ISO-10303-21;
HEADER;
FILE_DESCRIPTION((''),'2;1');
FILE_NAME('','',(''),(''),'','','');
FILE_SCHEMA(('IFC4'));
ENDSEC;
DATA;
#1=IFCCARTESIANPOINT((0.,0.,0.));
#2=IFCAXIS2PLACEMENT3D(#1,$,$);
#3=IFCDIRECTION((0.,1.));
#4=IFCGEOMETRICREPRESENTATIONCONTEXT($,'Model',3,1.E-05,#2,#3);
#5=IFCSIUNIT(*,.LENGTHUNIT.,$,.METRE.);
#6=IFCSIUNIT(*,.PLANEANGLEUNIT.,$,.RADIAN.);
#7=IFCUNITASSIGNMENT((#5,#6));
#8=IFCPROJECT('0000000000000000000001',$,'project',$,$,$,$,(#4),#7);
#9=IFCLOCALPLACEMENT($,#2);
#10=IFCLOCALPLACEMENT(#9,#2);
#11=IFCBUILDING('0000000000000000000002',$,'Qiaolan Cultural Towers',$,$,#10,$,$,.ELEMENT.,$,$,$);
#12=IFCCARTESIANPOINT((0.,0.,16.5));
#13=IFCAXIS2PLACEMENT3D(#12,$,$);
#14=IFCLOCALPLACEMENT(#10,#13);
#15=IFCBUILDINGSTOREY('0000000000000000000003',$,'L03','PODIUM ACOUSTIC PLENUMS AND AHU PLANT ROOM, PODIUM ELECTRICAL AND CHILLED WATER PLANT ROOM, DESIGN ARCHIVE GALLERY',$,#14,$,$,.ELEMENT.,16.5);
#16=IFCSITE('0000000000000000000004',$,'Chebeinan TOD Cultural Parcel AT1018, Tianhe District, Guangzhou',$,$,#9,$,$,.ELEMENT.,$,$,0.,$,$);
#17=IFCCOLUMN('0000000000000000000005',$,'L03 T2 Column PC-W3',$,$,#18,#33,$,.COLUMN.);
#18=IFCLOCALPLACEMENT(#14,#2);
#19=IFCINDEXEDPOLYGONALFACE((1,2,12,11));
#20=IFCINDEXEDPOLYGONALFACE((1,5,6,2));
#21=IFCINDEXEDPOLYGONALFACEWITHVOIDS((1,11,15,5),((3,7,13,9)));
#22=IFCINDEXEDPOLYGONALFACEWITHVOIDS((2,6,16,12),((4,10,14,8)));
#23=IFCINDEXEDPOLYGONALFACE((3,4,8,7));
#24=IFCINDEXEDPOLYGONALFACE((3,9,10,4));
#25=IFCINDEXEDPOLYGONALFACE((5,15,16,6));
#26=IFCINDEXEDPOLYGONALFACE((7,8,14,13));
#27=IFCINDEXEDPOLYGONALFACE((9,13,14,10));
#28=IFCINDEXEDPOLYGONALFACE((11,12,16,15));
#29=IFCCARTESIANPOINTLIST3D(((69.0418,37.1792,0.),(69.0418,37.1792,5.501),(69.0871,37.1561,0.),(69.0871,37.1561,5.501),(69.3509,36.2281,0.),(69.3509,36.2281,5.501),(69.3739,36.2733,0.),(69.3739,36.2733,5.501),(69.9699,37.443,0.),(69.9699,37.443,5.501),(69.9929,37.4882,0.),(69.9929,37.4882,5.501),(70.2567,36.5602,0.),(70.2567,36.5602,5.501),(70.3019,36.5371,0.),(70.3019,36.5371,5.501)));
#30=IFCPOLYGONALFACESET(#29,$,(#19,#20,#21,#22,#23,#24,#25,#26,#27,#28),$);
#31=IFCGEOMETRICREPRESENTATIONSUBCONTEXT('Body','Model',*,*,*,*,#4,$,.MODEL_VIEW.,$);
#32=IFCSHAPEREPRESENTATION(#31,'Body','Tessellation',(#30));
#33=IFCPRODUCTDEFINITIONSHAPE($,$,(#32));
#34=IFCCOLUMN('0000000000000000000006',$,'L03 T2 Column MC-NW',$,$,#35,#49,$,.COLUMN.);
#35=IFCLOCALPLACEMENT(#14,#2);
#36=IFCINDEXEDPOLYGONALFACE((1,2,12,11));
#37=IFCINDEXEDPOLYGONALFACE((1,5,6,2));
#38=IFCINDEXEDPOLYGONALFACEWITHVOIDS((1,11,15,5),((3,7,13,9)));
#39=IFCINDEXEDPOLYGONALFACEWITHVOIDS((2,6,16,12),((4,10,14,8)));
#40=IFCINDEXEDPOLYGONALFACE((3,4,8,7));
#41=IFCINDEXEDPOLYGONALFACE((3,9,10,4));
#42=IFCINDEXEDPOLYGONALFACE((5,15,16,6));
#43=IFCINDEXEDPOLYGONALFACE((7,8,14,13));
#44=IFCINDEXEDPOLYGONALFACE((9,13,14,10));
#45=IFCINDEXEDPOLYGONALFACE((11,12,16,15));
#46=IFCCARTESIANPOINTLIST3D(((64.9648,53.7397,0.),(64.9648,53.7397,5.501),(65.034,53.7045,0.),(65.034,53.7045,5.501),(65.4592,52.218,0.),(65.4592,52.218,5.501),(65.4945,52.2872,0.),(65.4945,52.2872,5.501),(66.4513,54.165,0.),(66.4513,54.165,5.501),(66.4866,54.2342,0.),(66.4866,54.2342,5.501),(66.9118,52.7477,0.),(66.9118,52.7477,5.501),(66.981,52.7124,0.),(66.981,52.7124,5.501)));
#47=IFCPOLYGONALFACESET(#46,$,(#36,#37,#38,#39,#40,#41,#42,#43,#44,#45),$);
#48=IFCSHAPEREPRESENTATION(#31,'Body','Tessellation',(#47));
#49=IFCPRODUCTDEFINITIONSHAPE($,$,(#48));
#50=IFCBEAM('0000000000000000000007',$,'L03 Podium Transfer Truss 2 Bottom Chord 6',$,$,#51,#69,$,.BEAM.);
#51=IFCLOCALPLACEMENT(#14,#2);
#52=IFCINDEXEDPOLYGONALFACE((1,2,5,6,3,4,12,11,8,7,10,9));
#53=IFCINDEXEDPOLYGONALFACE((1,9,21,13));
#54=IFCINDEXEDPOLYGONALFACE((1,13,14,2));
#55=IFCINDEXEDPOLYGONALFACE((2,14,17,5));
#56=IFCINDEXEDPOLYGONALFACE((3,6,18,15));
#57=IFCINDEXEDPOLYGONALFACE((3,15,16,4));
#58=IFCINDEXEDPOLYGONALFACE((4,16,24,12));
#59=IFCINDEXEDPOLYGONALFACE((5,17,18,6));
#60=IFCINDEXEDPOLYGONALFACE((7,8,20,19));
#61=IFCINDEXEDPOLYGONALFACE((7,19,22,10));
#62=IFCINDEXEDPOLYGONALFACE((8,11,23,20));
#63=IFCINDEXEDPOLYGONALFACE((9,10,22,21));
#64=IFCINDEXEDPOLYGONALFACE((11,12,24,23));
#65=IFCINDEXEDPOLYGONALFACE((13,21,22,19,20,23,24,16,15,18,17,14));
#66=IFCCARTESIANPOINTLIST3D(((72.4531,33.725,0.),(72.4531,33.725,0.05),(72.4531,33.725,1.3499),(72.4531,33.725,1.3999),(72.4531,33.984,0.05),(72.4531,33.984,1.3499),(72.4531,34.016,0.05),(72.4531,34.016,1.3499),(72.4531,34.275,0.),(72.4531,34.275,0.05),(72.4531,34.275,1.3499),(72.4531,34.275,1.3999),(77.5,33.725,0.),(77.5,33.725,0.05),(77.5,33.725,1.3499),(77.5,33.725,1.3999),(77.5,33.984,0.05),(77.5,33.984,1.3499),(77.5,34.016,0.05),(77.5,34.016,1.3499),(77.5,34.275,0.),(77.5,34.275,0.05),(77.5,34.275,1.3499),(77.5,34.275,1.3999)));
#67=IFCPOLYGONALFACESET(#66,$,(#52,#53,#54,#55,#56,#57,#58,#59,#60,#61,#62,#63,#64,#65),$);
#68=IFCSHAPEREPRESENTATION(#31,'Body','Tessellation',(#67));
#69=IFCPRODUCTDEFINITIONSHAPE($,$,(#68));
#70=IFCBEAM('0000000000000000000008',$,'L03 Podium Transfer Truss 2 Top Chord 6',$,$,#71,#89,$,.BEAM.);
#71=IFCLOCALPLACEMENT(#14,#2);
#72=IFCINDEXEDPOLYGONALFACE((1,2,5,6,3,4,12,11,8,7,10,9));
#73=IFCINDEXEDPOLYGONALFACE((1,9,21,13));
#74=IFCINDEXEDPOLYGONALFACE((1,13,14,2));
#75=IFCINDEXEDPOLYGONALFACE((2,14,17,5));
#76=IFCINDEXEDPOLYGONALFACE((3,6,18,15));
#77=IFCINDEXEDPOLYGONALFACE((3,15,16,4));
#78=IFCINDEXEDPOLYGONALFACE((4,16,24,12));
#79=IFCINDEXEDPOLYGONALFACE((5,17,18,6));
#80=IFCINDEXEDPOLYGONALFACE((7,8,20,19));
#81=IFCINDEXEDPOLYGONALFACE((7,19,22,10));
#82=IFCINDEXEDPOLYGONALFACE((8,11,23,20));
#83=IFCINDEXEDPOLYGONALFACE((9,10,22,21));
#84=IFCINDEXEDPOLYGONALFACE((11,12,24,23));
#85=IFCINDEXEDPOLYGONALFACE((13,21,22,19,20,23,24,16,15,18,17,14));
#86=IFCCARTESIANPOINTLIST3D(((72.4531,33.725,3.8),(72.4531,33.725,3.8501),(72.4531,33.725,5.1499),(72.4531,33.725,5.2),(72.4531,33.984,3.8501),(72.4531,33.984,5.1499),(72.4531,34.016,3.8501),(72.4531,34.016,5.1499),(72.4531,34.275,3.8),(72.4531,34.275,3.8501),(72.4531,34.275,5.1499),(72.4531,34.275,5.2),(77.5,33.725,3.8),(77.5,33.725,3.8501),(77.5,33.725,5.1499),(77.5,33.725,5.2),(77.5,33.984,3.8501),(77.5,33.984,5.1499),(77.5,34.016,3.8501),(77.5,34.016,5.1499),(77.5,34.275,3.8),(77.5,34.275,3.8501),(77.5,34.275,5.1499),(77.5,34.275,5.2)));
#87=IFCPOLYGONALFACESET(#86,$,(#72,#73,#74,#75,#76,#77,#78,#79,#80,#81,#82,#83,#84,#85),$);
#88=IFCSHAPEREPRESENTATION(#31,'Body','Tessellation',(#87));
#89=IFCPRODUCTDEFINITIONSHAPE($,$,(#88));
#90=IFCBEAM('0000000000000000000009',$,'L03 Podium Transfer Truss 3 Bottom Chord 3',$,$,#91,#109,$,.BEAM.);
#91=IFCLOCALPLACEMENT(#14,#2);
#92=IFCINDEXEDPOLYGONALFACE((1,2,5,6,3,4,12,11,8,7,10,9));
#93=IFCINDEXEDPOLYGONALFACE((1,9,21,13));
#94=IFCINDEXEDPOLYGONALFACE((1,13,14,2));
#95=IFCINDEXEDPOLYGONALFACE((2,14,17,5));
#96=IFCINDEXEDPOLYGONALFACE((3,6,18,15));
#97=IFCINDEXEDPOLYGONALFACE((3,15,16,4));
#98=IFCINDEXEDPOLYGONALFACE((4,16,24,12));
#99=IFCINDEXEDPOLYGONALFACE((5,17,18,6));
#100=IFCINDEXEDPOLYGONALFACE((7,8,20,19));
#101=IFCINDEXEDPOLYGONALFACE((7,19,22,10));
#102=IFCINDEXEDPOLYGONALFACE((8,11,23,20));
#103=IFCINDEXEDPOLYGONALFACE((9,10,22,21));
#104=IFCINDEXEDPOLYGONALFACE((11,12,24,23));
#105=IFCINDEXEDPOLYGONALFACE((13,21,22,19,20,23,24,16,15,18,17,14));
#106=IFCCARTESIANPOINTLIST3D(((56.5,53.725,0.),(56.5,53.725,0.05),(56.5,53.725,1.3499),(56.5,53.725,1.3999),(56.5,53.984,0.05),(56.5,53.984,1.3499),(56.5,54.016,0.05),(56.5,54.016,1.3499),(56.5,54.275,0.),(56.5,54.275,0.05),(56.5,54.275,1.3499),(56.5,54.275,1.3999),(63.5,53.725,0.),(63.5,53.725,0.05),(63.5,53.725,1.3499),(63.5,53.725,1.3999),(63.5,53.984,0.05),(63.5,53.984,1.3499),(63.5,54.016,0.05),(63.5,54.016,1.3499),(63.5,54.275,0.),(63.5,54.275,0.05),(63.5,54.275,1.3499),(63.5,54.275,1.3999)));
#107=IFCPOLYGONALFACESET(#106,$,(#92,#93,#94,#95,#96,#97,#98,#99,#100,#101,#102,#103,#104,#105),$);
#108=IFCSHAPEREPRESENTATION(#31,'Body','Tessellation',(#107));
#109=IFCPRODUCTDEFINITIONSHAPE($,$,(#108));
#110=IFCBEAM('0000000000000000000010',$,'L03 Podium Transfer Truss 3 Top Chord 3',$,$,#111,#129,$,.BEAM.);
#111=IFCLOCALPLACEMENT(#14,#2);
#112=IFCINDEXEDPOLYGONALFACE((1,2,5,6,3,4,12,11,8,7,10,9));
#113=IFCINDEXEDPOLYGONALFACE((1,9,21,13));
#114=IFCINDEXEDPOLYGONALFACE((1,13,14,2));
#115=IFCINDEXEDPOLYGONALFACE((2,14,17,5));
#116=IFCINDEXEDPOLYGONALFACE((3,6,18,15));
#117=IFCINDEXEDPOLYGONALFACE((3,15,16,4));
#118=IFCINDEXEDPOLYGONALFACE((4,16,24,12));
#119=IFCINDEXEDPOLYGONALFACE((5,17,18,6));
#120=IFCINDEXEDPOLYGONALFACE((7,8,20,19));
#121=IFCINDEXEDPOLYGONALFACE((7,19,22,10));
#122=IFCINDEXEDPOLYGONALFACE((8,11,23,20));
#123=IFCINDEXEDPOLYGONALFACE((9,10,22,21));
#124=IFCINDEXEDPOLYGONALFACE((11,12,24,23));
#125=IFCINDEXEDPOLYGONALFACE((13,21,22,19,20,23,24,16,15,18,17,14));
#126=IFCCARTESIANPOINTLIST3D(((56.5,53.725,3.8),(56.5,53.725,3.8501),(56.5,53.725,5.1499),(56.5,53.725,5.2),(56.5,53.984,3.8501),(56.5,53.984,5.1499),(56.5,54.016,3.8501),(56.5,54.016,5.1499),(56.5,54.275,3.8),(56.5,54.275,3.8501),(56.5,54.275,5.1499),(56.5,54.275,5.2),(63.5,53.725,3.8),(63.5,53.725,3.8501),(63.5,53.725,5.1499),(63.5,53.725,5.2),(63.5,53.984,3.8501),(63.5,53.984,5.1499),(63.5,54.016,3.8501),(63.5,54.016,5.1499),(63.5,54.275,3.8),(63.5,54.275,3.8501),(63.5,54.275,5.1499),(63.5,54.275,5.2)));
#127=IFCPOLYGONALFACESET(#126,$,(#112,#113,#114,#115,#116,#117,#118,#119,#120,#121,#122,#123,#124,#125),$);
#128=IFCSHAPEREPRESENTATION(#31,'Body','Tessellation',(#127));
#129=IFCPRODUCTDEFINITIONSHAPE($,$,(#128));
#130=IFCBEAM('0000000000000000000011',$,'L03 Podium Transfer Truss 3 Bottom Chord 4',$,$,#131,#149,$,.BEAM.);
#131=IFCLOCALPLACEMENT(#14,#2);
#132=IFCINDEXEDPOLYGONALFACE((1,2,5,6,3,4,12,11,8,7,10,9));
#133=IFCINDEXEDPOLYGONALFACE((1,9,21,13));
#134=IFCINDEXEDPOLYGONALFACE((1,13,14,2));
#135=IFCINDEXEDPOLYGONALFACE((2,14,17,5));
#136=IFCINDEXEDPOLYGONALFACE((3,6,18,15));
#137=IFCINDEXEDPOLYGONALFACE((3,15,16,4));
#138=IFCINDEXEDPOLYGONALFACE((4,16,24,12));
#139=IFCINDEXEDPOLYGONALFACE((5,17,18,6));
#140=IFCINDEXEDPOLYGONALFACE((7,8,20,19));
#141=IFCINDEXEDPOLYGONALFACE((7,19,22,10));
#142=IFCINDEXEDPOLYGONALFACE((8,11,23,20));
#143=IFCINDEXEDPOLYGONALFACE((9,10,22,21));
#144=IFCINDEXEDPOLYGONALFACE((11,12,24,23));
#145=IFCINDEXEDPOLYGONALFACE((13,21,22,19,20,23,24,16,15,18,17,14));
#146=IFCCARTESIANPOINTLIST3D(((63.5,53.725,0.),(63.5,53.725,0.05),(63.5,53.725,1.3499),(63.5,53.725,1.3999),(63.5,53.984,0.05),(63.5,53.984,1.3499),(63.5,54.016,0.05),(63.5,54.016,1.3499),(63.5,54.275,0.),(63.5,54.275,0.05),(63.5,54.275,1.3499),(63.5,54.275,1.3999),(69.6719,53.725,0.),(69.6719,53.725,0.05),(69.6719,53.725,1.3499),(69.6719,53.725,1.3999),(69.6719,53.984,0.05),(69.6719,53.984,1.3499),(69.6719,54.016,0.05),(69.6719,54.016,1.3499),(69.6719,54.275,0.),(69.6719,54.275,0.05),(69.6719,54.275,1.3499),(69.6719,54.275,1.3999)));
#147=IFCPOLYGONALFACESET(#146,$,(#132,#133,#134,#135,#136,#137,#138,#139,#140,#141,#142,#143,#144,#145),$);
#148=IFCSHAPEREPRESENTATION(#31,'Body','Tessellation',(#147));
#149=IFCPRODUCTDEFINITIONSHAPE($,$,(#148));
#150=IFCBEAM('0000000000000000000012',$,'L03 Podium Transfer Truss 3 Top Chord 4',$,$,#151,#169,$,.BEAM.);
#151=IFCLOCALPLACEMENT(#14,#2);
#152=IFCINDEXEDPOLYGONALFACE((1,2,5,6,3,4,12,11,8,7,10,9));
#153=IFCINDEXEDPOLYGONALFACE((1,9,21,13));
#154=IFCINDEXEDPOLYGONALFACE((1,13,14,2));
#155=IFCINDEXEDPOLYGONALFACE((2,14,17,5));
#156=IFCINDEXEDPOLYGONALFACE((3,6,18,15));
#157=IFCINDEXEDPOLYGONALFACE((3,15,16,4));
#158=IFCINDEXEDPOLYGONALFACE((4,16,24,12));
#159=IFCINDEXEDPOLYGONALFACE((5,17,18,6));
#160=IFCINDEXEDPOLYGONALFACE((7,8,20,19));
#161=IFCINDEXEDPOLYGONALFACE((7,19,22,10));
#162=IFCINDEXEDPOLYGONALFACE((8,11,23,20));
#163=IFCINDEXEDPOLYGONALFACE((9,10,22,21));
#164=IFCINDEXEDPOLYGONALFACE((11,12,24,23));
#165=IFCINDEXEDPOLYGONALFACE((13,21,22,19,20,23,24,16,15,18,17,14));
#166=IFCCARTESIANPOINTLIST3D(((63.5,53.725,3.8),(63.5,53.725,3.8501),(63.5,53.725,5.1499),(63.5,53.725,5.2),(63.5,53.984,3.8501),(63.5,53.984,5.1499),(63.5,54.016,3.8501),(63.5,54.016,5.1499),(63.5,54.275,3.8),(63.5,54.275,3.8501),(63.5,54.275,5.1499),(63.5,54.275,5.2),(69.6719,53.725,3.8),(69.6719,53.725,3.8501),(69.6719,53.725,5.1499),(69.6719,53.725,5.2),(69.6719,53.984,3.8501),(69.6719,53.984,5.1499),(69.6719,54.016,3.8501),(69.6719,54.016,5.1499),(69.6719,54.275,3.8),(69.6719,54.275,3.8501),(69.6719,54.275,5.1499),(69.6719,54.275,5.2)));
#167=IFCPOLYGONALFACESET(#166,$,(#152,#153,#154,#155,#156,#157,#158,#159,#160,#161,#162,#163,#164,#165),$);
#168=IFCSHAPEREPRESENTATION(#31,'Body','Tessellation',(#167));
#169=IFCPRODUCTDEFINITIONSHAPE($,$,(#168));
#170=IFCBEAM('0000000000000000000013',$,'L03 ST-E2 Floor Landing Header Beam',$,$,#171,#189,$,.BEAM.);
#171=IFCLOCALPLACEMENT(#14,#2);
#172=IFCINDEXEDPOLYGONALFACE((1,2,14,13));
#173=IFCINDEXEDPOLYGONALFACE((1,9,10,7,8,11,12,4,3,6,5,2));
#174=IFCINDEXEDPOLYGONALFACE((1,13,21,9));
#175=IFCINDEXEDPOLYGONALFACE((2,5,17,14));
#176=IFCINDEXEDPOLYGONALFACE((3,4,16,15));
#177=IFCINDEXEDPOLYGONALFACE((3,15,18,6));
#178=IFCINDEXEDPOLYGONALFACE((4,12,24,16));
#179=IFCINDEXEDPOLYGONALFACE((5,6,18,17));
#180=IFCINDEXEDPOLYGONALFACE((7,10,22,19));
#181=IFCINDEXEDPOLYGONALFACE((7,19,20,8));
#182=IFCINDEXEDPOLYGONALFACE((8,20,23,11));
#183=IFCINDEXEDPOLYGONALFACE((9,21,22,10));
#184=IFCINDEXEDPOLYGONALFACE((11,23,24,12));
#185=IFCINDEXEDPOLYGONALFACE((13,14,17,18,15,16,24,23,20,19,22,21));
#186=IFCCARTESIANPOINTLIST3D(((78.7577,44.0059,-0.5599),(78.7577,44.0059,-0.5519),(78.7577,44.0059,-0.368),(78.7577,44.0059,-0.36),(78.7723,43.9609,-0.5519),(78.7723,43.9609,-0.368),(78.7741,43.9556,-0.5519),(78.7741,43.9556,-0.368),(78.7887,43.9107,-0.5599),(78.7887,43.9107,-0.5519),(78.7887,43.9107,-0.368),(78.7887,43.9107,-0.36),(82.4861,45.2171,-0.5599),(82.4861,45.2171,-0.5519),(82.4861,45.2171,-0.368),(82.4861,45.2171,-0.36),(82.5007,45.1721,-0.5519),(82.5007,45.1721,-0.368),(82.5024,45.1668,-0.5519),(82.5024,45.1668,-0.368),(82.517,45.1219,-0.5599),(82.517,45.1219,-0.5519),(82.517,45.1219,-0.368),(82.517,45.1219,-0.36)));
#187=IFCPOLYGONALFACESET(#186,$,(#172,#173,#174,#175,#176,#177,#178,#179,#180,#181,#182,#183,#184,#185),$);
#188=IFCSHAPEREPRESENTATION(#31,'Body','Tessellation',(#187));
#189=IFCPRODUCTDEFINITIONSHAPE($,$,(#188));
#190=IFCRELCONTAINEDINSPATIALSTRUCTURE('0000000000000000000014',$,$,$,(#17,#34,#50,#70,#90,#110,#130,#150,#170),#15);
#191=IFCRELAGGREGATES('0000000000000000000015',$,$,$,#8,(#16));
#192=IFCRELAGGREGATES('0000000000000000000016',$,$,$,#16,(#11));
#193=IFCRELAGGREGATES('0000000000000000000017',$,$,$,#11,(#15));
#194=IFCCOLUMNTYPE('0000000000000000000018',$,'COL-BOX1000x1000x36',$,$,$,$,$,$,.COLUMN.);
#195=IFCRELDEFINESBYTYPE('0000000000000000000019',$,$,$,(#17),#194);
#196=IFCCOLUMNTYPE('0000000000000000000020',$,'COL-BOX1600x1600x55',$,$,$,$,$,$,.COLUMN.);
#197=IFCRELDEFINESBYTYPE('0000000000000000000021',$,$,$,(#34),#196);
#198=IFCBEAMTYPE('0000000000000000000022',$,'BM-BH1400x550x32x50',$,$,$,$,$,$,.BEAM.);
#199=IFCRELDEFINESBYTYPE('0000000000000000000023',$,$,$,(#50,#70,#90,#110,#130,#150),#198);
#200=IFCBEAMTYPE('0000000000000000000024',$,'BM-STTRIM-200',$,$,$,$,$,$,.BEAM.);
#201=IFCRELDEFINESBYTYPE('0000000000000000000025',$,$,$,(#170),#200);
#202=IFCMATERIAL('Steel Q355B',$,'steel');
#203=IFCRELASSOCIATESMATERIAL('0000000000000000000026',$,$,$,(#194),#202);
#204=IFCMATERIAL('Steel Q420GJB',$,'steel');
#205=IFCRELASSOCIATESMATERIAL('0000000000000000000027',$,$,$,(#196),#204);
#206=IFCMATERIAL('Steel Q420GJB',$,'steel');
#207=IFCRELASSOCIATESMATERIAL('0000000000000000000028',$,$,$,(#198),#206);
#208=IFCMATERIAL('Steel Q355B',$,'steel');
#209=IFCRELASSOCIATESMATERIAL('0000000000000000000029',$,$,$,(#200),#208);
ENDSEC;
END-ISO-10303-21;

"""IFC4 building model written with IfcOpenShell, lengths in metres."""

from ifc_helpers import new_model, si_unit, direction, frame, origin, origin_2d, place, context, subcontext, project, spatial, hollow_rectangle, i_section, extrude, material, material_profile, profile_set, type_object, element, save


model = new_model("IFC4")

# Units and contexts
model_context = context("Model", 3, precision=1e-05, world=origin(), true_north=direction((0.0, 1.0)))
body_context = subcontext(model_context, "Body", "Model", "MODEL_VIEW")
ifc_project = project(units=[si_unit("LENGTHUNIT", "METRE"), si_unit("PLANEANGLEUNIT", "RADIAN")], contexts=[model_context])

# Site, building, storey
site_placement = place(None, origin())
site = spatial("IfcSite", under=ifc_project, at=site_placement, Name="Chebeinan TOD Cultural Parcel AT1018, Tianhe District, Guangzhou", CompositionType="ELEMENT", RefElevation=0.0)
building_placement = place(site_placement, origin())
building = spatial("IfcBuilding", under=site, at=building_placement, Name="Qiaolan Cultural Towers", CompositionType="ELEMENT")
storey_placement = place(building_placement, frame((0.0, 0.0, 16.5)))
storey = spatial("IfcBuildingStorey", under=building, at=storey_placement, Name="L03", Description="PODIUM ACOUSTIC PLENUMS AND AHU PLANT ROOM, PODIUM ELECTRICAL AND CHILLED WATER PLANT ROOM, DESIGN ARCHIVE GALLERY", CompositionType="ELEMENT", Elevation=16.5)

# Columns
ifc_material_1 = material(Name="Steel Q355B", Category="steel")
ifc_material_profile_1 = material_profile(ifc_material_1, hollow_rectangle(XDim=1.0, YDim=1.0, WallThickness=0.0359, at=origin_2d()), Name="BOX1000x1000x36")
ifc_profile_set_1 = profile_set([ifc_material_profile_1], Name="Steel Q355B")
column_type_1 = type_object("IfcColumnType", Name="COL-BOX1000x1000x36", PredefinedType="COLUMN", material=ifc_profile_set_1)
column_1_placement = place(storey_placement, frame((69.6719, 36.8582, 0.0), z_axis=(0.0, 0.0, 1.0), x_axis=(0.951057, 0.309017, 0.0)))
element("IfcColumn", 1, at=column_1_placement, inside=storey, type_object=column_type_1, Name="L03 T2 Column PC-W3", PredefinedType="COLUMN", context=body_context, shape_type="SweptSolid", body=[
    extrude(hollow_rectangle(XDim=1.0, YDim=1.0, WallThickness=0.0359, at=origin_2d()), origin(), (0.0, 0.0, 1.0), 5.501),
])
ifc_material_2 = material(Name="Steel Q420GJB", Category="steel")
ifc_material_profile_2 = material_profile(ifc_material_2, hollow_rectangle(XDim=1.6001, YDim=1.6001, WallThickness=0.0549, at=origin_2d()), Name="BOX1600x1600x55")
ifc_profile_set_2 = profile_set([ifc_material_profile_2], Name="Steel Q420GJB")
column_type_2 = type_object("IfcColumnType", Name="COL-BOX1600x1600x55", PredefinedType="COLUMN", material=ifc_profile_set_2)
column_2_placement = place(storey_placement, frame((65.9729, 53.2261, 0.0), z_axis=(0.0, 0.0, 1.0), x_axis=(0.951057, 0.309017, 0.0)))
element("IfcColumn", 2, at=column_2_placement, inside=storey, type_object=column_type_2, Name="L03 T2 Column MC-NW", PredefinedType="COLUMN", context=body_context, shape_type="SweptSolid", body=[
    extrude(hollow_rectangle(XDim=1.6001, YDim=1.6001, WallThickness=0.0549, at=origin_2d()), origin(), (0.0, 0.0, 1.0), 5.501),
])

# Beams
ifc_material_3 = material(Name="Steel Q420GJB", Category="steel")
ifc_material_profile_3 = material_profile(ifc_material_3, i_section(OverallWidth=0.55, OverallDepth=1.3999, WebThickness=0.032, FlangeThickness=0.05, at=origin_2d()), Name="BH1400x550x32x50")
ifc_profile_set_3 = profile_set([ifc_material_profile_3], Name="Steel Q420GJB")
beam_type_1 = type_object("IfcBeamType", Name="BM-BH1400x550x32x50", PredefinedType="BEAM", material=ifc_profile_set_3)
for number, where, z_axis, x_axis, name in (
    (3, (72.4531, 34.0, 0.7), (1.0, 0.0, 0.0), (0.0, 1.0, 0.0), "L03 Podium Transfer Truss 2 Bottom Chord 6"),
    (4, (72.4531, 34.0, 4.5), (1.0, 0.0, 0.0), (0.0, 1.0, 0.0), "L03 Podium Transfer Truss 2 Top Chord 6"),
):
    element("IfcBeam", number, at=place(storey_placement, frame(where, z_axis=z_axis, x_axis=x_axis)), inside=storey, type_object=beam_type_1, Name=name, PredefinedType="BEAM", context=body_context, shape_type="SweptSolid", body=[
        extrude(i_section(OverallWidth=0.55, OverallDepth=1.3999, WebThickness=0.032, FlangeThickness=0.05, at=origin_2d()), origin(), (0.0, 0.0, 1.0), 5.0469),
    ])
for number, where, z_axis, x_axis, name in (
    (5, (56.5, 54.0, 0.7), (1.0, 0.0, 0.0), (0.0, 1.0, 0.0), "L03 Podium Transfer Truss 3 Bottom Chord 3"),
    (6, (56.5, 54.0, 4.5), (1.0, 0.0, 0.0), (0.0, 1.0, 0.0), "L03 Podium Transfer Truss 3 Top Chord 3"),
):
    element("IfcBeam", number, at=place(storey_placement, frame(where, z_axis=z_axis, x_axis=x_axis)), inside=storey, type_object=beam_type_1, Name=name, PredefinedType="BEAM", context=body_context, shape_type="SweptSolid", body=[
        extrude(i_section(OverallWidth=0.55, OverallDepth=1.3999, WebThickness=0.032, FlangeThickness=0.05, at=origin_2d()), origin(), (0.0, 0.0, 1.0), 7.0),
    ])
for number, where, z_axis, x_axis, name in (
    (7, (63.5, 54.0, 0.7), (1.0, 0.0, 0.0), (0.0, 1.0, 0.0), "L03 Podium Transfer Truss 3 Bottom Chord 4"),
    (8, (63.5, 54.0, 4.5), (1.0, 0.0, 0.0), (0.0, 1.0, 0.0), "L03 Podium Transfer Truss 3 Top Chord 4"),
):
    element("IfcBeam", number, at=place(storey_placement, frame(where, z_axis=z_axis, x_axis=x_axis)), inside=storey, type_object=beam_type_1, Name=name, PredefinedType="BEAM", context=body_context, shape_type="SweptSolid", body=[
        extrude(i_section(OverallWidth=0.55, OverallDepth=1.3999, WebThickness=0.032, FlangeThickness=0.05, at=origin_2d()), origin(), (0.0, 0.0, 1.0), 6.1719),
    ])
ifc_material_4 = material(Name="Steel Q355B", Category="steel")
ifc_material_profile_4 = material_profile(ifc_material_4, i_section(OverallWidth=0.1001, OverallDepth=0.2, WebThickness=0.0056, FlangeThickness=0.0081, at=origin_2d()), Name="HN200x100x5.5x8")
ifc_profile_set_4 = profile_set([ifc_material_profile_4], Name="Steel Q355B")
beam_type_2 = type_object("IfcBeamType", Name="BM-STTRIM-200", PredefinedType="BEAM", material=ifc_profile_set_4)
for number, where, z_axis, x_axis, name in (
    (9, (78.7732, 43.9583, -0.46), (0.951072, 0.308969, 0.0), (-0.308969, 0.951072, 0.0), "L03 ST-E2 Floor Landing Header Beam"),
):
    element("IfcBeam", number, at=place(storey_placement, frame(where, z_axis=z_axis, x_axis=x_axis)), inside=storey, type_object=beam_type_2, Name=name, PredefinedType="BEAM", context=body_context, shape_type="SweptSolid", body=[
        extrude(i_section(OverallWidth=0.1001, OverallDepth=0.2, WebThickness=0.0056, FlangeThickness=0.0081, at=origin_2d()), origin(), (0.0, 0.0, 1.0), 3.9202),
    ])

save(model, "model.ifc")
